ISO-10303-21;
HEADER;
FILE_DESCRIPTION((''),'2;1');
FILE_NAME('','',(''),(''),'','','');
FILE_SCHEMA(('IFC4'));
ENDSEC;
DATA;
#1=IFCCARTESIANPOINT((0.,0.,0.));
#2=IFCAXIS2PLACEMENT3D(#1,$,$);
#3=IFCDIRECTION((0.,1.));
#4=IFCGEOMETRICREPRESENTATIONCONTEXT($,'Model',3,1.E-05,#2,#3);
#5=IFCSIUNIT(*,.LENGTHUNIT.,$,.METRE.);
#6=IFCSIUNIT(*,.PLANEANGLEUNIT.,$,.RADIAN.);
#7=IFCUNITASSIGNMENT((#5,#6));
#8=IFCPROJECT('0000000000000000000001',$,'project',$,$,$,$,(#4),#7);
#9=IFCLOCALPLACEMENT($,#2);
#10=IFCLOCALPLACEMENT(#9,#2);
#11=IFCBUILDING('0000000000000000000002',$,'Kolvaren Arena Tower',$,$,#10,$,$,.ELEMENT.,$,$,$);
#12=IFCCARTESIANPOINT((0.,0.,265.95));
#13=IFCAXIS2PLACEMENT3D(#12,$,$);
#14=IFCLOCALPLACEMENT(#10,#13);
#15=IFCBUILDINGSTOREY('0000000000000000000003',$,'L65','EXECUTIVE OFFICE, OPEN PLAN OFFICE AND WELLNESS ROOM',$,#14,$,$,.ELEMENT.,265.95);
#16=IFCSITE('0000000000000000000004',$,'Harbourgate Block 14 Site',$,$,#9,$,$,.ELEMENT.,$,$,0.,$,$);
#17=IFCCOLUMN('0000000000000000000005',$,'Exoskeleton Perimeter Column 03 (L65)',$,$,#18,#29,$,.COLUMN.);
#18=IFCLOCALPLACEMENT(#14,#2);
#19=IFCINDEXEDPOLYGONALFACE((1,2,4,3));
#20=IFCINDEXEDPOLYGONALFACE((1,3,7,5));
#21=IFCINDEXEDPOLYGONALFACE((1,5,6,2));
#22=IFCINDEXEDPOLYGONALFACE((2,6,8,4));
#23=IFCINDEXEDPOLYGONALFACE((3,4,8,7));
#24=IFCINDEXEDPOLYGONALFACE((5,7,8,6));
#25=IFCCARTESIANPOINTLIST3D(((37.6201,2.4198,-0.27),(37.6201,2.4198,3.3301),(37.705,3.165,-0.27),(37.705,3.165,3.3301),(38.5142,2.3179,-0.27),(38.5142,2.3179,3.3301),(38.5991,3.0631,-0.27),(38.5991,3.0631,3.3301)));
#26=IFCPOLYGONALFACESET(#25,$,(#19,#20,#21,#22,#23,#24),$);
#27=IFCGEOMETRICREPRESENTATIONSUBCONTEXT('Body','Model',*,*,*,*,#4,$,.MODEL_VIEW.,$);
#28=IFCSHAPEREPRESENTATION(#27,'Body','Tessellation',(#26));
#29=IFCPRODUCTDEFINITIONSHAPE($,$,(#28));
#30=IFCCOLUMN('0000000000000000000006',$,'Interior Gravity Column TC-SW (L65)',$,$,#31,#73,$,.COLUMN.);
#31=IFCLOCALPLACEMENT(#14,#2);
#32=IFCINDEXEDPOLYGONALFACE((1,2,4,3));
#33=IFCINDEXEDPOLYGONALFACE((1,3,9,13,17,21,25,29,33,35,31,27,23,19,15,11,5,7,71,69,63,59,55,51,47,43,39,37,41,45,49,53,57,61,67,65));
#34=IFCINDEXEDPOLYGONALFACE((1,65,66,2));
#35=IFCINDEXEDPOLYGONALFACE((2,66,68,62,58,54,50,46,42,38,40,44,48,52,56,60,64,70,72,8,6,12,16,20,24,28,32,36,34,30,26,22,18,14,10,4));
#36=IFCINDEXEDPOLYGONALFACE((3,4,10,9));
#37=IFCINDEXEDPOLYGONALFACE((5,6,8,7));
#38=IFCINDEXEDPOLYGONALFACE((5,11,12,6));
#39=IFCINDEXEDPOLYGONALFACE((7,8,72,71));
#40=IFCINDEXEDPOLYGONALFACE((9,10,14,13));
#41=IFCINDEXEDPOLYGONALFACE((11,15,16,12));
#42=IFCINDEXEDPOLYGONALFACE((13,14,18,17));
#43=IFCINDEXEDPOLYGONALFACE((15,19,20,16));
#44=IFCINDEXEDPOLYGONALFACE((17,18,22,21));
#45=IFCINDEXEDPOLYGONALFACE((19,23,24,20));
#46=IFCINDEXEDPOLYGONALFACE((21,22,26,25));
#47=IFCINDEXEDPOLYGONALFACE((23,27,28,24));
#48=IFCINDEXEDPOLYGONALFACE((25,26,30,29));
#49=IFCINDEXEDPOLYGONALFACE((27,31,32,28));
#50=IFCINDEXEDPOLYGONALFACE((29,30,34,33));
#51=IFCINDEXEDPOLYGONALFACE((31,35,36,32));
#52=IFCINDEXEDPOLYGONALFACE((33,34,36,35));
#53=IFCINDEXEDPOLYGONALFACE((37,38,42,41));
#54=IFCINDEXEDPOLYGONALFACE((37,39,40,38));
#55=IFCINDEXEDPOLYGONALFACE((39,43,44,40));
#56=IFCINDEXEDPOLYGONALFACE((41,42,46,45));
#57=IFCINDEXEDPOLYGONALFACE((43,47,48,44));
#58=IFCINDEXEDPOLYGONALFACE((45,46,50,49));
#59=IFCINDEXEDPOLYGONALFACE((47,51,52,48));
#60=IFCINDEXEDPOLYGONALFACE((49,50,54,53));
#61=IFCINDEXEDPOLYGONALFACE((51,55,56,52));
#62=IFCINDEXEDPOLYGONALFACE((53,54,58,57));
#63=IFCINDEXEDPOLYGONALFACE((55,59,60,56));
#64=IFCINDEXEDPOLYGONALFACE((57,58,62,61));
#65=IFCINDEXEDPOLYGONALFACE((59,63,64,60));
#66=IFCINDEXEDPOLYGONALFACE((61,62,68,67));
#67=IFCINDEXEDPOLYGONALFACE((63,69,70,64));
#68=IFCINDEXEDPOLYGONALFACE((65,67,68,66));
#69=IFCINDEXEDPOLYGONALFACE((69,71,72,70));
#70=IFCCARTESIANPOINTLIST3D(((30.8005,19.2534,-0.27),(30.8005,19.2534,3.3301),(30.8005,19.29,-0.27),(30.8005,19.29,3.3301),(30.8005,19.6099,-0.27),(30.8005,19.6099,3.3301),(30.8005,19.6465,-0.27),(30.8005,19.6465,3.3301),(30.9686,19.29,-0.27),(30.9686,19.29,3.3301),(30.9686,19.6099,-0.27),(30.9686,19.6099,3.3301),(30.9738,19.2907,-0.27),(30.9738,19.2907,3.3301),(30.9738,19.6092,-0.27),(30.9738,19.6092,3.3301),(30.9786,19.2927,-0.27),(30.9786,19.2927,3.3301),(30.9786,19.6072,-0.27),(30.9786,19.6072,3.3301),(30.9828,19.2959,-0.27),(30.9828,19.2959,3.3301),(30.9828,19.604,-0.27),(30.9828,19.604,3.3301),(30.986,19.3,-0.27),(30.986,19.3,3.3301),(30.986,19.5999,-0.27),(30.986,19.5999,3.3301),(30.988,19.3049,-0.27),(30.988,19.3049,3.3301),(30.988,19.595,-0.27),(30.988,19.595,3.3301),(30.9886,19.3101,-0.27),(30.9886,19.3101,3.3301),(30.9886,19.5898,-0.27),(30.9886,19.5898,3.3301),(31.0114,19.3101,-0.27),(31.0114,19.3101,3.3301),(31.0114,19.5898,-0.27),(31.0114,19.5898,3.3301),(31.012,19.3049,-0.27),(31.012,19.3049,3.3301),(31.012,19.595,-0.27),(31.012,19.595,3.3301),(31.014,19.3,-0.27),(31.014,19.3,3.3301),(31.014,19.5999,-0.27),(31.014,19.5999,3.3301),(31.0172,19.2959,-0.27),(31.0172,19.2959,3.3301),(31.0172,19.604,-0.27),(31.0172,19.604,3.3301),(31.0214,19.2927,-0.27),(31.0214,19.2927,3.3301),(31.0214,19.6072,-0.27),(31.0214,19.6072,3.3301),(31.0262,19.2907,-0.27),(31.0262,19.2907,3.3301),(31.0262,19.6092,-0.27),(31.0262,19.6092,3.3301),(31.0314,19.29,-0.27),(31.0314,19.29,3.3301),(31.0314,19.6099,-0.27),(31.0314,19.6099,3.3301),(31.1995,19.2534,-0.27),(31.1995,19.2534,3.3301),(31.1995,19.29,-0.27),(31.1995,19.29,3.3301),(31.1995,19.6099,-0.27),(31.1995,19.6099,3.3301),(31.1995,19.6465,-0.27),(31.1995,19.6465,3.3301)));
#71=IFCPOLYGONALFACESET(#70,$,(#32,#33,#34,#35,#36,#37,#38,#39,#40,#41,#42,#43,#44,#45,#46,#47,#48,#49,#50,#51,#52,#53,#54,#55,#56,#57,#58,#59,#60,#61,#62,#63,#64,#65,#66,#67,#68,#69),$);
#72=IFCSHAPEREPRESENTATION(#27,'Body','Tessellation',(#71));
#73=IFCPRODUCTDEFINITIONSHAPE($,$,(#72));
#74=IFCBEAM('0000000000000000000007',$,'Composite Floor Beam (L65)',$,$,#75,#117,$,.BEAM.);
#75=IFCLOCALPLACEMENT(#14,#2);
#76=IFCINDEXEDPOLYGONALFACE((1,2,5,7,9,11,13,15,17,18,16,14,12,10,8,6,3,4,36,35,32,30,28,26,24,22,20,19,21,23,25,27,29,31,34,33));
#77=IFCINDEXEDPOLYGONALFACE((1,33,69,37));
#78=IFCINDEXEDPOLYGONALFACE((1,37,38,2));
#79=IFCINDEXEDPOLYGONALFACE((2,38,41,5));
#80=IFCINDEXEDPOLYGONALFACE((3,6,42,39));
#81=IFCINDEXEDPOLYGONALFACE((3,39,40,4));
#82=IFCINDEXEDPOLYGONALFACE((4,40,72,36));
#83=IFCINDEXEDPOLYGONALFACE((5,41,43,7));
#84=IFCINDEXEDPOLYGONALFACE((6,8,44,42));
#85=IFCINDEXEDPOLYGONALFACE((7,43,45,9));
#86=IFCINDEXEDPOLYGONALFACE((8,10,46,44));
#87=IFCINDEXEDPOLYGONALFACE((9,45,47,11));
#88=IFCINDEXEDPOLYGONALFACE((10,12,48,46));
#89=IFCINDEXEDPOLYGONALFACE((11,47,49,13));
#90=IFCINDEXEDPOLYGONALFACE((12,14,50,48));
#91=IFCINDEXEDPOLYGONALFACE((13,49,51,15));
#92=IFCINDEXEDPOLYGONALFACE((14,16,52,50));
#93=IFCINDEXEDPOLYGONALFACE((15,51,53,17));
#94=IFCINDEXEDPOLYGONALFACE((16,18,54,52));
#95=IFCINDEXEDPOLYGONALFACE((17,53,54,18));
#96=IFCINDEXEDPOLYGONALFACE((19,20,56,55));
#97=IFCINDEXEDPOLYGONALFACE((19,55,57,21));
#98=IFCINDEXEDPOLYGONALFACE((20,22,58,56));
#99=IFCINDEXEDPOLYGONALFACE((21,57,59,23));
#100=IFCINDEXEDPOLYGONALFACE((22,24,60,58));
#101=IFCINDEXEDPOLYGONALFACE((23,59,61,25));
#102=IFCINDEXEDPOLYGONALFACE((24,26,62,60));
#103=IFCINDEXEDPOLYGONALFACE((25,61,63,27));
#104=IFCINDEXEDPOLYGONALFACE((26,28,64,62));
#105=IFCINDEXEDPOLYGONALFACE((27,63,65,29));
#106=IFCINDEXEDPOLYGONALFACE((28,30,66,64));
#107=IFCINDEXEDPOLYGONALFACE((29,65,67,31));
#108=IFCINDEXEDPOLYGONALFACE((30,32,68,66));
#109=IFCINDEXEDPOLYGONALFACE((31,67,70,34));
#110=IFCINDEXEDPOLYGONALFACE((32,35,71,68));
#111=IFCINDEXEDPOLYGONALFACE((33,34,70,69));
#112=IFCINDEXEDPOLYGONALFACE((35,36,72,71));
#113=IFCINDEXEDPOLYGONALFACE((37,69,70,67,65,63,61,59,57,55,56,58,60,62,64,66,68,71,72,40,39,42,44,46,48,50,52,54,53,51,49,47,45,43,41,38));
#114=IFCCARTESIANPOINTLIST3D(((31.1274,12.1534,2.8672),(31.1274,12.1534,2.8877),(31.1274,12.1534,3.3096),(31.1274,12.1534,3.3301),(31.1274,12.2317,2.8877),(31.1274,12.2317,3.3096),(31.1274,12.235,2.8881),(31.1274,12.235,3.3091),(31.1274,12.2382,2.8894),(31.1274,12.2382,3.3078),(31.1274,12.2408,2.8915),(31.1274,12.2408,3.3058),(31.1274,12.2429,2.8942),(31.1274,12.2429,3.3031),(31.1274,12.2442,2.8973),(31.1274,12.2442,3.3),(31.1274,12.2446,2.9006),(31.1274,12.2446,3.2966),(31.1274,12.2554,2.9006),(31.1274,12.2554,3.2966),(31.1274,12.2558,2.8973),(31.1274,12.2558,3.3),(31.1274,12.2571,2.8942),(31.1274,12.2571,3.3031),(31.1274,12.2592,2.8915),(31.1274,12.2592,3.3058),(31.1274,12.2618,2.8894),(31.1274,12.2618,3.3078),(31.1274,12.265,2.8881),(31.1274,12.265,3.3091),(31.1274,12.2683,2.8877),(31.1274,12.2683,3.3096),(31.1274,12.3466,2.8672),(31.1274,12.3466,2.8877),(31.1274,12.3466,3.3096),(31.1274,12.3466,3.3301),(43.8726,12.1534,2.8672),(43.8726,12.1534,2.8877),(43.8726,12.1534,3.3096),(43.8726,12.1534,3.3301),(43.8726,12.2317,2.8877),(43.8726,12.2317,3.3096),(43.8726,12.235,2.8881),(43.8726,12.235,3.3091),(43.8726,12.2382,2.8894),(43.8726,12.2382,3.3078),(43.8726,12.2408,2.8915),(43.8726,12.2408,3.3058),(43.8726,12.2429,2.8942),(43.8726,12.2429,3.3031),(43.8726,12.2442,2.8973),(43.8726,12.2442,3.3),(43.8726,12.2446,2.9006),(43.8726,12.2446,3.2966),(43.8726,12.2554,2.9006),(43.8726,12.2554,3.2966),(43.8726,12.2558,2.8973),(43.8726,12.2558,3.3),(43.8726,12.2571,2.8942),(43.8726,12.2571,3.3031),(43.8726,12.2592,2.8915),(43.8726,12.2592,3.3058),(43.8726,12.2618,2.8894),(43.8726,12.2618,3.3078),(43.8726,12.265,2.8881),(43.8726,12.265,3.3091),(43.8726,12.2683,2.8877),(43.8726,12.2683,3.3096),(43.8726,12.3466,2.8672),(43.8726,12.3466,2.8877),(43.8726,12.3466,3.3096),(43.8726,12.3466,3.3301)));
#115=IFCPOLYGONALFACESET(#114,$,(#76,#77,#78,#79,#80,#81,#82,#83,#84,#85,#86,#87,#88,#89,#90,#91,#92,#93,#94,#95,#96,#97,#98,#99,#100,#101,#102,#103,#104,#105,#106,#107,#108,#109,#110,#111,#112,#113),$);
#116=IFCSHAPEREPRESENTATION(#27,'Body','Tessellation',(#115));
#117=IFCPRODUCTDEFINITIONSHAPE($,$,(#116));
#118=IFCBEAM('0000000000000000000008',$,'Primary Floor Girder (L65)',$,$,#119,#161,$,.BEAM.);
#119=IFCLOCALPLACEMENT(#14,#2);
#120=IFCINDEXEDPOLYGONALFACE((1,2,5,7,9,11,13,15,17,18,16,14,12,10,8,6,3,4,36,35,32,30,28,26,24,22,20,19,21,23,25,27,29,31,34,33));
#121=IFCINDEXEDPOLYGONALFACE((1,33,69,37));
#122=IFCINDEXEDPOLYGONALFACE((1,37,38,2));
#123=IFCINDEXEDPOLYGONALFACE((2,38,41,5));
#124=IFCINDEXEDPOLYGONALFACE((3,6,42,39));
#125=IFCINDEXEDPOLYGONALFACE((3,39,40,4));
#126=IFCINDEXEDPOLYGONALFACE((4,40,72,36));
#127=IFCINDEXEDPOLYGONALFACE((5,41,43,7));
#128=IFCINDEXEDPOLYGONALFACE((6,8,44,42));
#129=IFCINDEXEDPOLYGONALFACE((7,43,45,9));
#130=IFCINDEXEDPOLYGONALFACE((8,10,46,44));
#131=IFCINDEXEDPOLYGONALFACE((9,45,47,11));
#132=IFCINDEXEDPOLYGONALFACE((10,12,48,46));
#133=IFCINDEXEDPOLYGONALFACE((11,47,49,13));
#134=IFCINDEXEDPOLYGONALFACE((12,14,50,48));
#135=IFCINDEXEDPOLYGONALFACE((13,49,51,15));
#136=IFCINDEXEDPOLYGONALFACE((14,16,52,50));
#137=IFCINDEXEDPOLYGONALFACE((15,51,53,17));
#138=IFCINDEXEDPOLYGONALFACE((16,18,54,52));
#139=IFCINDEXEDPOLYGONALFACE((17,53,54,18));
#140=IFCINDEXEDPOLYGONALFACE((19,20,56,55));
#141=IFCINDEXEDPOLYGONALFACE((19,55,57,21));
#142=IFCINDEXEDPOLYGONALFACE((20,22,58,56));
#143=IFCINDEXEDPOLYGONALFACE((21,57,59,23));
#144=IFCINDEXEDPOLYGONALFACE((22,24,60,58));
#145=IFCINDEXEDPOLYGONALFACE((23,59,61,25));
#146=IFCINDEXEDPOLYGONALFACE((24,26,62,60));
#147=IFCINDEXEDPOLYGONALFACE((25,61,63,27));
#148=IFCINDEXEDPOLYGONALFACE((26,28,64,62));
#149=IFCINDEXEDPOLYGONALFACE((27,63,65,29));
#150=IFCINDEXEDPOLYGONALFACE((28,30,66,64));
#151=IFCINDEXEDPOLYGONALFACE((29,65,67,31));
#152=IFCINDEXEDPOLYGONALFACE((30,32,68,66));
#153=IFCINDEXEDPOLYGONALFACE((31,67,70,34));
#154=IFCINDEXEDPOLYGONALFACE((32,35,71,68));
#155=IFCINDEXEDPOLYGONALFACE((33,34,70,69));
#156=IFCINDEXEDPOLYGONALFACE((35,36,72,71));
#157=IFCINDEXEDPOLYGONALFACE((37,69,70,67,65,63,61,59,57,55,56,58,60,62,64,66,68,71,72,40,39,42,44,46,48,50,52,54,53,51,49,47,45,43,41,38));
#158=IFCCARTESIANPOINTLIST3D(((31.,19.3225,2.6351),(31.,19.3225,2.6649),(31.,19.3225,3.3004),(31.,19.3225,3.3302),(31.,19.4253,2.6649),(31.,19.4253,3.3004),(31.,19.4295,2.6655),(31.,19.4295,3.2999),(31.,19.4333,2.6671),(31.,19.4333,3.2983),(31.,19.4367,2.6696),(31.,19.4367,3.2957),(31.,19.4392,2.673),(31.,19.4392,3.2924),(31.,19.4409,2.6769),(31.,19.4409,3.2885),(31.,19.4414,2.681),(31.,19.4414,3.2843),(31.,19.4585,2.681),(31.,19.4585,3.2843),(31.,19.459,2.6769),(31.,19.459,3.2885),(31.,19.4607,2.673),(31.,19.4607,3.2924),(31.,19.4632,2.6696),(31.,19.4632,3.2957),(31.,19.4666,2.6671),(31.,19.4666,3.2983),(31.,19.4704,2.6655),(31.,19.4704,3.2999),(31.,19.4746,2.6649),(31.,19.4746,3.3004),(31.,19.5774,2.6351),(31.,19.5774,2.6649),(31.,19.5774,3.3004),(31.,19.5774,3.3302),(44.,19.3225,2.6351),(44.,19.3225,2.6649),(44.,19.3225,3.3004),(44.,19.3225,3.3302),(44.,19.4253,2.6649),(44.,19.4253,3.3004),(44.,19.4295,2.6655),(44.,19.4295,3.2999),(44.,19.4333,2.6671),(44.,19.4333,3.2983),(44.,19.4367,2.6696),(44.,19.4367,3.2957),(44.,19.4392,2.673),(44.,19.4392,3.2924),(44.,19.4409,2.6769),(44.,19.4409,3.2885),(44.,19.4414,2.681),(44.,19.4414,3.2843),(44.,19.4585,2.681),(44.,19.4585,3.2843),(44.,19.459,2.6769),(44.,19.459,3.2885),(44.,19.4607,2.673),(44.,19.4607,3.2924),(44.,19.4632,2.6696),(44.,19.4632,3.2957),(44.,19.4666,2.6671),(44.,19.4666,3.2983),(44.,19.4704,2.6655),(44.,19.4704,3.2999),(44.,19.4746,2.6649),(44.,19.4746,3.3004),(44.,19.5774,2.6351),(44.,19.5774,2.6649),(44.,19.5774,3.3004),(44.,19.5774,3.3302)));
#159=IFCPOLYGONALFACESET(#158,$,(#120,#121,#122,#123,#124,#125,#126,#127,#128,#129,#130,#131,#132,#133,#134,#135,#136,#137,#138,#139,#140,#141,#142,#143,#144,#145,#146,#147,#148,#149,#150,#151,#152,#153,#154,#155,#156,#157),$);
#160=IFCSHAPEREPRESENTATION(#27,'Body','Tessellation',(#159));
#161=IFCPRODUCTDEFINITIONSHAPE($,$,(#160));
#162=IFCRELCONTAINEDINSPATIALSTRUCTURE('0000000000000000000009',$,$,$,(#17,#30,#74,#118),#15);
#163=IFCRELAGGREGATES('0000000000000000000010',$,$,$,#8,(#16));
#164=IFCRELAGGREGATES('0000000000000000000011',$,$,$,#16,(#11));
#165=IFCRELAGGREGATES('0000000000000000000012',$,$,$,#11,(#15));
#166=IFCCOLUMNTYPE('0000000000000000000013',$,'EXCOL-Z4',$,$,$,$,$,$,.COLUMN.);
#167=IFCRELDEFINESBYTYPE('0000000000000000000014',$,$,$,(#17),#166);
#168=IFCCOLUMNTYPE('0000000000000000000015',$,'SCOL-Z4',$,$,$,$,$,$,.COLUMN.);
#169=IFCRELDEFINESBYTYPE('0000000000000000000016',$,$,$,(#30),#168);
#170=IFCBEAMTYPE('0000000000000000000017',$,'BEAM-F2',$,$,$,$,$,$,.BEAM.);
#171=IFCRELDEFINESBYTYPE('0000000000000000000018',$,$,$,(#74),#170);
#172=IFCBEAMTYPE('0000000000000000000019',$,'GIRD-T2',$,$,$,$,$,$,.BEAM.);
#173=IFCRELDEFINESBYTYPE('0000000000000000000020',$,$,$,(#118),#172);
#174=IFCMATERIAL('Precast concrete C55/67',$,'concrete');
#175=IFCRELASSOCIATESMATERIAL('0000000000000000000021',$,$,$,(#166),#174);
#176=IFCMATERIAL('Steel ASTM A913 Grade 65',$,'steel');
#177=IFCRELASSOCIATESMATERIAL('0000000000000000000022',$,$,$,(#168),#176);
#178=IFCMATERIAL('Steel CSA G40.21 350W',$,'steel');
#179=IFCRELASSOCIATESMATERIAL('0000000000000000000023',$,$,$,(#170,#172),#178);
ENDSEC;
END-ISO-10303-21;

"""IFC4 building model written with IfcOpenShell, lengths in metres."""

from ifc_helpers import new_model, si_unit, direction, frame, origin, origin_2d, place, context, subcontext, project, spatial, rectangle, i_section, extrude, material, material_profile, profile_set, type_object, element, save


model = new_model("IFC4")

# Units and contexts
model_context = context("Model", 3, precision=1e-05, world=origin(), true_north=direction((0.0, 1.0)))
body_context = subcontext(model_context, "Body", "Model", "MODEL_VIEW")
ifc_project = project(units=[si_unit("LENGTHUNIT", "METRE"), si_unit("PLANEANGLEUNIT", "RADIAN")], contexts=[model_context])

# Site, building, storey
site_placement = place(None, origin())
site = spatial("IfcSite", under=ifc_project, at=site_placement, Name="Harbourgate Block 14 Site", CompositionType="ELEMENT", RefElevation=0.0)
building_placement = place(site_placement, origin())
building = spatial("IfcBuilding", under=site, at=building_placement, Name="Kolvaren Arena Tower", CompositionType="ELEMENT")
storey_placement = place(building_placement, frame((0.0, 0.0, 265.95)))
storey = spatial("IfcBuildingStorey", under=building, at=storey_placement, Name="L65", Description="EXECUTIVE OFFICE, OPEN PLAN OFFICE AND WELLNESS ROOM", CompositionType="ELEMENT", Elevation=265.95)

# Columns
ifc_material_1 = material(Name="Precast concrete C55/67", Category="concrete")
ifc_material_profile_1 = material_profile(ifc_material_1, rectangle(XDim=0.8999, YDim=0.75, at=origin_2d()), Name="RC-900x750")
ifc_profile_set_1 = profile_set([ifc_material_profile_1], Name="Precast concrete C55/67")
column_type_1 = type_object("IfcColumnType", Name="EXCOL-Z4", PredefinedType="COLUMN", material=ifc_profile_set_1)
column_1_placement = place(storey_placement, frame((38.1096, 2.7415, -0.27), z_axis=(0.0, 0.0, 1.0), x_axis=(0.993572, -0.113203, 0.0)))
element("IfcColumn", 1, at=column_1_placement, inside=storey, type_object=column_type_1, Name="Exoskeleton Perimeter Column 03 (L65)", PredefinedType="COLUMN", context=body_context, shape_type="SweptSolid", body=[
    extrude(rectangle(XDim=0.8999, YDim=0.75, at=origin_2d()), origin(), (0.0, 0.0, 1.0), 3.6001),
])
ifc_material_2 = material(Name="Steel ASTM A913 Grade 65", Category="steel")
ifc_material_profile_2 = material_profile(ifc_material_2, i_section(OverallWidth=0.3989, OverallDepth=0.3931, WebThickness=0.0227, FlangeThickness=0.0366, FilletRadius=0.02, at=origin_2d()), Name="W360x287")
ifc_profile_set_2 = profile_set([ifc_material_profile_2], Name="Steel ASTM A913 Grade 65")
column_type_2 = type_object("IfcColumnType", Name="SCOL-Z4", PredefinedType="COLUMN", material=ifc_profile_set_2)
column_2_placement = place(storey_placement, frame((31.0, 19.45, -0.27), z_axis=(0.0, 0.0, 1.0), x_axis=(1.0, 0.0, 0.0)))
element("IfcColumn", 2, at=column_2_placement, inside=storey, type_object=column_type_2, Name="Interior Gravity Column TC-SW (L65)", PredefinedType="COLUMN", context=body_context, shape_type="SweptSolid", body=[
    extrude(i_section(OverallWidth=0.3989, OverallDepth=0.3931, WebThickness=0.0227, FlangeThickness=0.0366, FilletRadius=0.02, at=origin_2d()), origin(), (0.0, 0.0, 1.0), 3.6001),
])

# Beams
ifc_material_3 = material(Name="Steel CSA G40.21 350W", Category="steel")
ifc_material_profile_3 = material_profile(ifc_material_3, i_section(OverallWidth=0.1931, OverallDepth=0.4629, WebThickness=0.0107, FlangeThickness=0.0205, FilletRadius=0.0129, at=origin_2d()), Name="W460x113")
ifc_profile_set_3 = profile_set([ifc_material_profile_3], Name="Steel CSA G40.21 350W")
beam_type_1 = type_object("IfcBeamType", Name="BEAM-F2", PredefinedType="BEAM", material=ifc_profile_set_3)
beam_1_placement = place(storey_placement, frame((31.1274, 12.25, 3.0986), z_axis=(1.0, 0.0, 0.0), x_axis=(0.0, 1.0, 0.0)))
element("IfcBeam", 3, at=beam_1_placement, inside=storey, type_object=beam_type_1, Name="Composite Floor Beam (L65)", PredefinedType="BEAM", context=body_context, shape_type="SweptSolid", body=[
    extrude(i_section(OverallWidth=0.1931, OverallDepth=0.4629, WebThickness=0.0107, FlangeThickness=0.0205, FilletRadius=0.0129, at=origin_2d()), origin(), (0.0, 0.0, 1.0), 12.7451),
])
ifc_material_profile_4 = material_profile(ifc_material_3, i_section(OverallWidth=0.2549, OverallDepth=0.6951, WebThickness=0.0171, FlangeThickness=0.0298, FilletRadius=0.0161, at=origin_2d()), Name="W690x217")
ifc_profile_set_4 = profile_set([ifc_material_profile_4], Name="Steel CSA G40.21 350W")
beam_type_2 = type_object("IfcBeamType", Name="GIRD-T2", PredefinedType="BEAM", material=ifc_profile_set_4)
beam_2_placement = place(storey_placement, frame((31.0, 19.45, 2.9827), z_axis=(1.0, 0.0, 0.0), x_axis=(0.0, 1.0, 0.0)))
element("IfcBeam", 4, at=beam_2_placement, inside=storey, type_object=beam_type_2, Name="Primary Floor Girder (L65)", PredefinedType="BEAM", context=body_context, shape_type="SweptSolid", body=[
    extrude(i_section(OverallWidth=0.2549, OverallDepth=0.6951, WebThickness=0.0171, FlangeThickness=0.0298, FilletRadius=0.0161, at=origin_2d()), origin(), (0.0, 0.0, 1.0), 13.0),
])

save(model, "model.ifc")
